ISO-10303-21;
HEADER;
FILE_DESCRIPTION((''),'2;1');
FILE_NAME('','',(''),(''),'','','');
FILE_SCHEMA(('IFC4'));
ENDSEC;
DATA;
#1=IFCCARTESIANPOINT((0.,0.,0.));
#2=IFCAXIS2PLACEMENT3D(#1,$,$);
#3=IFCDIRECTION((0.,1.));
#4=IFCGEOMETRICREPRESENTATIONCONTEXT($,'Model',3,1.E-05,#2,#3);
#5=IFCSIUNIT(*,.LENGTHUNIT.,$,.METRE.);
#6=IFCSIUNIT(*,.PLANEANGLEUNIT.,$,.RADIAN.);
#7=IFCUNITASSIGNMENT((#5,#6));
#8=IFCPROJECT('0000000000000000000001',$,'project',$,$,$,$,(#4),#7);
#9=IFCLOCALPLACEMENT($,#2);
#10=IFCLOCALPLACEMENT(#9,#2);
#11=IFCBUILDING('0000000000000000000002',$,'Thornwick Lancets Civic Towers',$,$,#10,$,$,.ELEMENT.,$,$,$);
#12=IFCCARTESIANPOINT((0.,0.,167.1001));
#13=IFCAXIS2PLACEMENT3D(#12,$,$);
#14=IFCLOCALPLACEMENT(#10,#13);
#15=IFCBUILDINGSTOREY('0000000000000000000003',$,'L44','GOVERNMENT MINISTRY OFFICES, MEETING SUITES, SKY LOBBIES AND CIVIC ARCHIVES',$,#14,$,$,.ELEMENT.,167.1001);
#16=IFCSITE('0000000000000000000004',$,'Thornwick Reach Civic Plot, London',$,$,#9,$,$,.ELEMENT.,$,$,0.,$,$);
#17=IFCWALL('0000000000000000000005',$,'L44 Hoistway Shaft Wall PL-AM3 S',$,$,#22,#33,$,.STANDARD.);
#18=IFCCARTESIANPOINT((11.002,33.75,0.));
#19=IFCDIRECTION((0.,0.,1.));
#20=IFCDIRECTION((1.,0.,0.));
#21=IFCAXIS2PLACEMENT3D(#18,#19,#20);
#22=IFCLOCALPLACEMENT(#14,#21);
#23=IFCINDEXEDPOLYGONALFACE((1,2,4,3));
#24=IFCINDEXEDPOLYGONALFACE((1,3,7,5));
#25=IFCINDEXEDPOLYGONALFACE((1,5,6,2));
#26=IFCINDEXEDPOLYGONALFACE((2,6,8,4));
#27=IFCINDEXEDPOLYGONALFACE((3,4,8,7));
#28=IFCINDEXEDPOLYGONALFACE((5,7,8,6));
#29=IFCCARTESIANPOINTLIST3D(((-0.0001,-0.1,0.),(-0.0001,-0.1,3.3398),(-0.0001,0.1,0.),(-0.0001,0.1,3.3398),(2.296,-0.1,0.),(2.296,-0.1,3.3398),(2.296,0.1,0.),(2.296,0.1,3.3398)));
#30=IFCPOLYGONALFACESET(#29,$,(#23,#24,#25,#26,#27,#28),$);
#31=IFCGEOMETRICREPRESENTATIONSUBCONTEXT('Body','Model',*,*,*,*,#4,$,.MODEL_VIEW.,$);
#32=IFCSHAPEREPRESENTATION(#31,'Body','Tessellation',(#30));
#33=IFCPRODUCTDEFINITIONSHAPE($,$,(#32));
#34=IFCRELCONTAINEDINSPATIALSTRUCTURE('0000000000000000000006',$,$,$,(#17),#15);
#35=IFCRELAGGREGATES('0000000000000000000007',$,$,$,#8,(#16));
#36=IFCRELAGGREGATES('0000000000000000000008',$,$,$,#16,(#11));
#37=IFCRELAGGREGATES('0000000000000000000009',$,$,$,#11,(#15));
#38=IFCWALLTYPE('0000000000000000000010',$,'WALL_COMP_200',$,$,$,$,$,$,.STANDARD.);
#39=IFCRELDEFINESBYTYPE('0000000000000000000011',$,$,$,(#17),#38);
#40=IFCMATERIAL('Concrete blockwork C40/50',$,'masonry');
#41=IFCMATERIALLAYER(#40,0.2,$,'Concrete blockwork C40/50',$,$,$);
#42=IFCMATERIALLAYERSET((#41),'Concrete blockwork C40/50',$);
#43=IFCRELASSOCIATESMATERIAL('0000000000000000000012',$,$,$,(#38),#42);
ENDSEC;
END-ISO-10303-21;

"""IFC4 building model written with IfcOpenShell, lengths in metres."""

from ifc_helpers import new_model, si_unit, direction, frame, frame_2d, origin, place, context, subcontext, project, spatial, rectangle, extrude, material, layer, layer_set, type_object, element, save


model = new_model("IFC4")

# Units and contexts
model_context = context("Model", 3, precision=1e-05, world=origin(), true_north=direction((0.0, 1.0)))
body_context = subcontext(model_context, "Body", "Model", "MODEL_VIEW")
ifc_project = project(units=[si_unit("LENGTHUNIT", "METRE"), si_unit("PLANEANGLEUNIT", "RADIAN")], contexts=[model_context])

# Site, building, storey
site_placement = place(None, origin())
site = spatial("IfcSite", under=ifc_project, at=site_placement, Name="Thornwick Reach Civic Plot, London", CompositionType="ELEMENT", RefElevation=0.0)
building_placement = place(site_placement, origin())
building = spatial("IfcBuilding", under=site, at=building_placement, Name="Thornwick Lancets Civic Towers", CompositionType="ELEMENT")
storey_placement = place(building_placement, frame((0.0, 0.0, 167.1001)))
storey = spatial("IfcBuildingStorey", under=building, at=storey_placement, Name="L44", Description="GOVERNMENT MINISTRY OFFICES, MEETING SUITES, SKY LOBBIES AND CIVIC ARCHIVES", CompositionType="ELEMENT", Elevation=167.1001)

# Shared definitions
ifc_material_1 = material(Name="Concrete blockwork C40/50", Category="masonry")
ifc_layer_1 = layer(ifc_material_1, 0.2, Name="Concrete blockwork C40/50")
ifc_layer_set_1 = layer_set([ifc_layer_1], Name="Concrete blockwork C40/50")
wall_type_1 = type_object("IfcWallType", Name="WALL_COMP_200", PredefinedType="STANDARD", material=ifc_layer_set_1)

# Wall
wall_1_placement = place(storey_placement, frame((11.002, 33.75, 0.0), z_axis=(0.0, 0.0, 1.0), x_axis=(1.0, 0.0, 0.0)))
element("IfcWall", 1, at=wall_1_placement, inside=storey, type_object=wall_type_1, Name="L44 Hoistway Shaft Wall PL-AM3 S", PredefinedType="STANDARD", context=body_context, shape_type="SweptSolid", body=[
    extrude(rectangle(XDim=2.2961, YDim=0.2, at=frame_2d((1.1479, 0.0))), origin(), (0.0, 0.0, 1.0), 3.3398),
])

save(model, "model.ifc")
